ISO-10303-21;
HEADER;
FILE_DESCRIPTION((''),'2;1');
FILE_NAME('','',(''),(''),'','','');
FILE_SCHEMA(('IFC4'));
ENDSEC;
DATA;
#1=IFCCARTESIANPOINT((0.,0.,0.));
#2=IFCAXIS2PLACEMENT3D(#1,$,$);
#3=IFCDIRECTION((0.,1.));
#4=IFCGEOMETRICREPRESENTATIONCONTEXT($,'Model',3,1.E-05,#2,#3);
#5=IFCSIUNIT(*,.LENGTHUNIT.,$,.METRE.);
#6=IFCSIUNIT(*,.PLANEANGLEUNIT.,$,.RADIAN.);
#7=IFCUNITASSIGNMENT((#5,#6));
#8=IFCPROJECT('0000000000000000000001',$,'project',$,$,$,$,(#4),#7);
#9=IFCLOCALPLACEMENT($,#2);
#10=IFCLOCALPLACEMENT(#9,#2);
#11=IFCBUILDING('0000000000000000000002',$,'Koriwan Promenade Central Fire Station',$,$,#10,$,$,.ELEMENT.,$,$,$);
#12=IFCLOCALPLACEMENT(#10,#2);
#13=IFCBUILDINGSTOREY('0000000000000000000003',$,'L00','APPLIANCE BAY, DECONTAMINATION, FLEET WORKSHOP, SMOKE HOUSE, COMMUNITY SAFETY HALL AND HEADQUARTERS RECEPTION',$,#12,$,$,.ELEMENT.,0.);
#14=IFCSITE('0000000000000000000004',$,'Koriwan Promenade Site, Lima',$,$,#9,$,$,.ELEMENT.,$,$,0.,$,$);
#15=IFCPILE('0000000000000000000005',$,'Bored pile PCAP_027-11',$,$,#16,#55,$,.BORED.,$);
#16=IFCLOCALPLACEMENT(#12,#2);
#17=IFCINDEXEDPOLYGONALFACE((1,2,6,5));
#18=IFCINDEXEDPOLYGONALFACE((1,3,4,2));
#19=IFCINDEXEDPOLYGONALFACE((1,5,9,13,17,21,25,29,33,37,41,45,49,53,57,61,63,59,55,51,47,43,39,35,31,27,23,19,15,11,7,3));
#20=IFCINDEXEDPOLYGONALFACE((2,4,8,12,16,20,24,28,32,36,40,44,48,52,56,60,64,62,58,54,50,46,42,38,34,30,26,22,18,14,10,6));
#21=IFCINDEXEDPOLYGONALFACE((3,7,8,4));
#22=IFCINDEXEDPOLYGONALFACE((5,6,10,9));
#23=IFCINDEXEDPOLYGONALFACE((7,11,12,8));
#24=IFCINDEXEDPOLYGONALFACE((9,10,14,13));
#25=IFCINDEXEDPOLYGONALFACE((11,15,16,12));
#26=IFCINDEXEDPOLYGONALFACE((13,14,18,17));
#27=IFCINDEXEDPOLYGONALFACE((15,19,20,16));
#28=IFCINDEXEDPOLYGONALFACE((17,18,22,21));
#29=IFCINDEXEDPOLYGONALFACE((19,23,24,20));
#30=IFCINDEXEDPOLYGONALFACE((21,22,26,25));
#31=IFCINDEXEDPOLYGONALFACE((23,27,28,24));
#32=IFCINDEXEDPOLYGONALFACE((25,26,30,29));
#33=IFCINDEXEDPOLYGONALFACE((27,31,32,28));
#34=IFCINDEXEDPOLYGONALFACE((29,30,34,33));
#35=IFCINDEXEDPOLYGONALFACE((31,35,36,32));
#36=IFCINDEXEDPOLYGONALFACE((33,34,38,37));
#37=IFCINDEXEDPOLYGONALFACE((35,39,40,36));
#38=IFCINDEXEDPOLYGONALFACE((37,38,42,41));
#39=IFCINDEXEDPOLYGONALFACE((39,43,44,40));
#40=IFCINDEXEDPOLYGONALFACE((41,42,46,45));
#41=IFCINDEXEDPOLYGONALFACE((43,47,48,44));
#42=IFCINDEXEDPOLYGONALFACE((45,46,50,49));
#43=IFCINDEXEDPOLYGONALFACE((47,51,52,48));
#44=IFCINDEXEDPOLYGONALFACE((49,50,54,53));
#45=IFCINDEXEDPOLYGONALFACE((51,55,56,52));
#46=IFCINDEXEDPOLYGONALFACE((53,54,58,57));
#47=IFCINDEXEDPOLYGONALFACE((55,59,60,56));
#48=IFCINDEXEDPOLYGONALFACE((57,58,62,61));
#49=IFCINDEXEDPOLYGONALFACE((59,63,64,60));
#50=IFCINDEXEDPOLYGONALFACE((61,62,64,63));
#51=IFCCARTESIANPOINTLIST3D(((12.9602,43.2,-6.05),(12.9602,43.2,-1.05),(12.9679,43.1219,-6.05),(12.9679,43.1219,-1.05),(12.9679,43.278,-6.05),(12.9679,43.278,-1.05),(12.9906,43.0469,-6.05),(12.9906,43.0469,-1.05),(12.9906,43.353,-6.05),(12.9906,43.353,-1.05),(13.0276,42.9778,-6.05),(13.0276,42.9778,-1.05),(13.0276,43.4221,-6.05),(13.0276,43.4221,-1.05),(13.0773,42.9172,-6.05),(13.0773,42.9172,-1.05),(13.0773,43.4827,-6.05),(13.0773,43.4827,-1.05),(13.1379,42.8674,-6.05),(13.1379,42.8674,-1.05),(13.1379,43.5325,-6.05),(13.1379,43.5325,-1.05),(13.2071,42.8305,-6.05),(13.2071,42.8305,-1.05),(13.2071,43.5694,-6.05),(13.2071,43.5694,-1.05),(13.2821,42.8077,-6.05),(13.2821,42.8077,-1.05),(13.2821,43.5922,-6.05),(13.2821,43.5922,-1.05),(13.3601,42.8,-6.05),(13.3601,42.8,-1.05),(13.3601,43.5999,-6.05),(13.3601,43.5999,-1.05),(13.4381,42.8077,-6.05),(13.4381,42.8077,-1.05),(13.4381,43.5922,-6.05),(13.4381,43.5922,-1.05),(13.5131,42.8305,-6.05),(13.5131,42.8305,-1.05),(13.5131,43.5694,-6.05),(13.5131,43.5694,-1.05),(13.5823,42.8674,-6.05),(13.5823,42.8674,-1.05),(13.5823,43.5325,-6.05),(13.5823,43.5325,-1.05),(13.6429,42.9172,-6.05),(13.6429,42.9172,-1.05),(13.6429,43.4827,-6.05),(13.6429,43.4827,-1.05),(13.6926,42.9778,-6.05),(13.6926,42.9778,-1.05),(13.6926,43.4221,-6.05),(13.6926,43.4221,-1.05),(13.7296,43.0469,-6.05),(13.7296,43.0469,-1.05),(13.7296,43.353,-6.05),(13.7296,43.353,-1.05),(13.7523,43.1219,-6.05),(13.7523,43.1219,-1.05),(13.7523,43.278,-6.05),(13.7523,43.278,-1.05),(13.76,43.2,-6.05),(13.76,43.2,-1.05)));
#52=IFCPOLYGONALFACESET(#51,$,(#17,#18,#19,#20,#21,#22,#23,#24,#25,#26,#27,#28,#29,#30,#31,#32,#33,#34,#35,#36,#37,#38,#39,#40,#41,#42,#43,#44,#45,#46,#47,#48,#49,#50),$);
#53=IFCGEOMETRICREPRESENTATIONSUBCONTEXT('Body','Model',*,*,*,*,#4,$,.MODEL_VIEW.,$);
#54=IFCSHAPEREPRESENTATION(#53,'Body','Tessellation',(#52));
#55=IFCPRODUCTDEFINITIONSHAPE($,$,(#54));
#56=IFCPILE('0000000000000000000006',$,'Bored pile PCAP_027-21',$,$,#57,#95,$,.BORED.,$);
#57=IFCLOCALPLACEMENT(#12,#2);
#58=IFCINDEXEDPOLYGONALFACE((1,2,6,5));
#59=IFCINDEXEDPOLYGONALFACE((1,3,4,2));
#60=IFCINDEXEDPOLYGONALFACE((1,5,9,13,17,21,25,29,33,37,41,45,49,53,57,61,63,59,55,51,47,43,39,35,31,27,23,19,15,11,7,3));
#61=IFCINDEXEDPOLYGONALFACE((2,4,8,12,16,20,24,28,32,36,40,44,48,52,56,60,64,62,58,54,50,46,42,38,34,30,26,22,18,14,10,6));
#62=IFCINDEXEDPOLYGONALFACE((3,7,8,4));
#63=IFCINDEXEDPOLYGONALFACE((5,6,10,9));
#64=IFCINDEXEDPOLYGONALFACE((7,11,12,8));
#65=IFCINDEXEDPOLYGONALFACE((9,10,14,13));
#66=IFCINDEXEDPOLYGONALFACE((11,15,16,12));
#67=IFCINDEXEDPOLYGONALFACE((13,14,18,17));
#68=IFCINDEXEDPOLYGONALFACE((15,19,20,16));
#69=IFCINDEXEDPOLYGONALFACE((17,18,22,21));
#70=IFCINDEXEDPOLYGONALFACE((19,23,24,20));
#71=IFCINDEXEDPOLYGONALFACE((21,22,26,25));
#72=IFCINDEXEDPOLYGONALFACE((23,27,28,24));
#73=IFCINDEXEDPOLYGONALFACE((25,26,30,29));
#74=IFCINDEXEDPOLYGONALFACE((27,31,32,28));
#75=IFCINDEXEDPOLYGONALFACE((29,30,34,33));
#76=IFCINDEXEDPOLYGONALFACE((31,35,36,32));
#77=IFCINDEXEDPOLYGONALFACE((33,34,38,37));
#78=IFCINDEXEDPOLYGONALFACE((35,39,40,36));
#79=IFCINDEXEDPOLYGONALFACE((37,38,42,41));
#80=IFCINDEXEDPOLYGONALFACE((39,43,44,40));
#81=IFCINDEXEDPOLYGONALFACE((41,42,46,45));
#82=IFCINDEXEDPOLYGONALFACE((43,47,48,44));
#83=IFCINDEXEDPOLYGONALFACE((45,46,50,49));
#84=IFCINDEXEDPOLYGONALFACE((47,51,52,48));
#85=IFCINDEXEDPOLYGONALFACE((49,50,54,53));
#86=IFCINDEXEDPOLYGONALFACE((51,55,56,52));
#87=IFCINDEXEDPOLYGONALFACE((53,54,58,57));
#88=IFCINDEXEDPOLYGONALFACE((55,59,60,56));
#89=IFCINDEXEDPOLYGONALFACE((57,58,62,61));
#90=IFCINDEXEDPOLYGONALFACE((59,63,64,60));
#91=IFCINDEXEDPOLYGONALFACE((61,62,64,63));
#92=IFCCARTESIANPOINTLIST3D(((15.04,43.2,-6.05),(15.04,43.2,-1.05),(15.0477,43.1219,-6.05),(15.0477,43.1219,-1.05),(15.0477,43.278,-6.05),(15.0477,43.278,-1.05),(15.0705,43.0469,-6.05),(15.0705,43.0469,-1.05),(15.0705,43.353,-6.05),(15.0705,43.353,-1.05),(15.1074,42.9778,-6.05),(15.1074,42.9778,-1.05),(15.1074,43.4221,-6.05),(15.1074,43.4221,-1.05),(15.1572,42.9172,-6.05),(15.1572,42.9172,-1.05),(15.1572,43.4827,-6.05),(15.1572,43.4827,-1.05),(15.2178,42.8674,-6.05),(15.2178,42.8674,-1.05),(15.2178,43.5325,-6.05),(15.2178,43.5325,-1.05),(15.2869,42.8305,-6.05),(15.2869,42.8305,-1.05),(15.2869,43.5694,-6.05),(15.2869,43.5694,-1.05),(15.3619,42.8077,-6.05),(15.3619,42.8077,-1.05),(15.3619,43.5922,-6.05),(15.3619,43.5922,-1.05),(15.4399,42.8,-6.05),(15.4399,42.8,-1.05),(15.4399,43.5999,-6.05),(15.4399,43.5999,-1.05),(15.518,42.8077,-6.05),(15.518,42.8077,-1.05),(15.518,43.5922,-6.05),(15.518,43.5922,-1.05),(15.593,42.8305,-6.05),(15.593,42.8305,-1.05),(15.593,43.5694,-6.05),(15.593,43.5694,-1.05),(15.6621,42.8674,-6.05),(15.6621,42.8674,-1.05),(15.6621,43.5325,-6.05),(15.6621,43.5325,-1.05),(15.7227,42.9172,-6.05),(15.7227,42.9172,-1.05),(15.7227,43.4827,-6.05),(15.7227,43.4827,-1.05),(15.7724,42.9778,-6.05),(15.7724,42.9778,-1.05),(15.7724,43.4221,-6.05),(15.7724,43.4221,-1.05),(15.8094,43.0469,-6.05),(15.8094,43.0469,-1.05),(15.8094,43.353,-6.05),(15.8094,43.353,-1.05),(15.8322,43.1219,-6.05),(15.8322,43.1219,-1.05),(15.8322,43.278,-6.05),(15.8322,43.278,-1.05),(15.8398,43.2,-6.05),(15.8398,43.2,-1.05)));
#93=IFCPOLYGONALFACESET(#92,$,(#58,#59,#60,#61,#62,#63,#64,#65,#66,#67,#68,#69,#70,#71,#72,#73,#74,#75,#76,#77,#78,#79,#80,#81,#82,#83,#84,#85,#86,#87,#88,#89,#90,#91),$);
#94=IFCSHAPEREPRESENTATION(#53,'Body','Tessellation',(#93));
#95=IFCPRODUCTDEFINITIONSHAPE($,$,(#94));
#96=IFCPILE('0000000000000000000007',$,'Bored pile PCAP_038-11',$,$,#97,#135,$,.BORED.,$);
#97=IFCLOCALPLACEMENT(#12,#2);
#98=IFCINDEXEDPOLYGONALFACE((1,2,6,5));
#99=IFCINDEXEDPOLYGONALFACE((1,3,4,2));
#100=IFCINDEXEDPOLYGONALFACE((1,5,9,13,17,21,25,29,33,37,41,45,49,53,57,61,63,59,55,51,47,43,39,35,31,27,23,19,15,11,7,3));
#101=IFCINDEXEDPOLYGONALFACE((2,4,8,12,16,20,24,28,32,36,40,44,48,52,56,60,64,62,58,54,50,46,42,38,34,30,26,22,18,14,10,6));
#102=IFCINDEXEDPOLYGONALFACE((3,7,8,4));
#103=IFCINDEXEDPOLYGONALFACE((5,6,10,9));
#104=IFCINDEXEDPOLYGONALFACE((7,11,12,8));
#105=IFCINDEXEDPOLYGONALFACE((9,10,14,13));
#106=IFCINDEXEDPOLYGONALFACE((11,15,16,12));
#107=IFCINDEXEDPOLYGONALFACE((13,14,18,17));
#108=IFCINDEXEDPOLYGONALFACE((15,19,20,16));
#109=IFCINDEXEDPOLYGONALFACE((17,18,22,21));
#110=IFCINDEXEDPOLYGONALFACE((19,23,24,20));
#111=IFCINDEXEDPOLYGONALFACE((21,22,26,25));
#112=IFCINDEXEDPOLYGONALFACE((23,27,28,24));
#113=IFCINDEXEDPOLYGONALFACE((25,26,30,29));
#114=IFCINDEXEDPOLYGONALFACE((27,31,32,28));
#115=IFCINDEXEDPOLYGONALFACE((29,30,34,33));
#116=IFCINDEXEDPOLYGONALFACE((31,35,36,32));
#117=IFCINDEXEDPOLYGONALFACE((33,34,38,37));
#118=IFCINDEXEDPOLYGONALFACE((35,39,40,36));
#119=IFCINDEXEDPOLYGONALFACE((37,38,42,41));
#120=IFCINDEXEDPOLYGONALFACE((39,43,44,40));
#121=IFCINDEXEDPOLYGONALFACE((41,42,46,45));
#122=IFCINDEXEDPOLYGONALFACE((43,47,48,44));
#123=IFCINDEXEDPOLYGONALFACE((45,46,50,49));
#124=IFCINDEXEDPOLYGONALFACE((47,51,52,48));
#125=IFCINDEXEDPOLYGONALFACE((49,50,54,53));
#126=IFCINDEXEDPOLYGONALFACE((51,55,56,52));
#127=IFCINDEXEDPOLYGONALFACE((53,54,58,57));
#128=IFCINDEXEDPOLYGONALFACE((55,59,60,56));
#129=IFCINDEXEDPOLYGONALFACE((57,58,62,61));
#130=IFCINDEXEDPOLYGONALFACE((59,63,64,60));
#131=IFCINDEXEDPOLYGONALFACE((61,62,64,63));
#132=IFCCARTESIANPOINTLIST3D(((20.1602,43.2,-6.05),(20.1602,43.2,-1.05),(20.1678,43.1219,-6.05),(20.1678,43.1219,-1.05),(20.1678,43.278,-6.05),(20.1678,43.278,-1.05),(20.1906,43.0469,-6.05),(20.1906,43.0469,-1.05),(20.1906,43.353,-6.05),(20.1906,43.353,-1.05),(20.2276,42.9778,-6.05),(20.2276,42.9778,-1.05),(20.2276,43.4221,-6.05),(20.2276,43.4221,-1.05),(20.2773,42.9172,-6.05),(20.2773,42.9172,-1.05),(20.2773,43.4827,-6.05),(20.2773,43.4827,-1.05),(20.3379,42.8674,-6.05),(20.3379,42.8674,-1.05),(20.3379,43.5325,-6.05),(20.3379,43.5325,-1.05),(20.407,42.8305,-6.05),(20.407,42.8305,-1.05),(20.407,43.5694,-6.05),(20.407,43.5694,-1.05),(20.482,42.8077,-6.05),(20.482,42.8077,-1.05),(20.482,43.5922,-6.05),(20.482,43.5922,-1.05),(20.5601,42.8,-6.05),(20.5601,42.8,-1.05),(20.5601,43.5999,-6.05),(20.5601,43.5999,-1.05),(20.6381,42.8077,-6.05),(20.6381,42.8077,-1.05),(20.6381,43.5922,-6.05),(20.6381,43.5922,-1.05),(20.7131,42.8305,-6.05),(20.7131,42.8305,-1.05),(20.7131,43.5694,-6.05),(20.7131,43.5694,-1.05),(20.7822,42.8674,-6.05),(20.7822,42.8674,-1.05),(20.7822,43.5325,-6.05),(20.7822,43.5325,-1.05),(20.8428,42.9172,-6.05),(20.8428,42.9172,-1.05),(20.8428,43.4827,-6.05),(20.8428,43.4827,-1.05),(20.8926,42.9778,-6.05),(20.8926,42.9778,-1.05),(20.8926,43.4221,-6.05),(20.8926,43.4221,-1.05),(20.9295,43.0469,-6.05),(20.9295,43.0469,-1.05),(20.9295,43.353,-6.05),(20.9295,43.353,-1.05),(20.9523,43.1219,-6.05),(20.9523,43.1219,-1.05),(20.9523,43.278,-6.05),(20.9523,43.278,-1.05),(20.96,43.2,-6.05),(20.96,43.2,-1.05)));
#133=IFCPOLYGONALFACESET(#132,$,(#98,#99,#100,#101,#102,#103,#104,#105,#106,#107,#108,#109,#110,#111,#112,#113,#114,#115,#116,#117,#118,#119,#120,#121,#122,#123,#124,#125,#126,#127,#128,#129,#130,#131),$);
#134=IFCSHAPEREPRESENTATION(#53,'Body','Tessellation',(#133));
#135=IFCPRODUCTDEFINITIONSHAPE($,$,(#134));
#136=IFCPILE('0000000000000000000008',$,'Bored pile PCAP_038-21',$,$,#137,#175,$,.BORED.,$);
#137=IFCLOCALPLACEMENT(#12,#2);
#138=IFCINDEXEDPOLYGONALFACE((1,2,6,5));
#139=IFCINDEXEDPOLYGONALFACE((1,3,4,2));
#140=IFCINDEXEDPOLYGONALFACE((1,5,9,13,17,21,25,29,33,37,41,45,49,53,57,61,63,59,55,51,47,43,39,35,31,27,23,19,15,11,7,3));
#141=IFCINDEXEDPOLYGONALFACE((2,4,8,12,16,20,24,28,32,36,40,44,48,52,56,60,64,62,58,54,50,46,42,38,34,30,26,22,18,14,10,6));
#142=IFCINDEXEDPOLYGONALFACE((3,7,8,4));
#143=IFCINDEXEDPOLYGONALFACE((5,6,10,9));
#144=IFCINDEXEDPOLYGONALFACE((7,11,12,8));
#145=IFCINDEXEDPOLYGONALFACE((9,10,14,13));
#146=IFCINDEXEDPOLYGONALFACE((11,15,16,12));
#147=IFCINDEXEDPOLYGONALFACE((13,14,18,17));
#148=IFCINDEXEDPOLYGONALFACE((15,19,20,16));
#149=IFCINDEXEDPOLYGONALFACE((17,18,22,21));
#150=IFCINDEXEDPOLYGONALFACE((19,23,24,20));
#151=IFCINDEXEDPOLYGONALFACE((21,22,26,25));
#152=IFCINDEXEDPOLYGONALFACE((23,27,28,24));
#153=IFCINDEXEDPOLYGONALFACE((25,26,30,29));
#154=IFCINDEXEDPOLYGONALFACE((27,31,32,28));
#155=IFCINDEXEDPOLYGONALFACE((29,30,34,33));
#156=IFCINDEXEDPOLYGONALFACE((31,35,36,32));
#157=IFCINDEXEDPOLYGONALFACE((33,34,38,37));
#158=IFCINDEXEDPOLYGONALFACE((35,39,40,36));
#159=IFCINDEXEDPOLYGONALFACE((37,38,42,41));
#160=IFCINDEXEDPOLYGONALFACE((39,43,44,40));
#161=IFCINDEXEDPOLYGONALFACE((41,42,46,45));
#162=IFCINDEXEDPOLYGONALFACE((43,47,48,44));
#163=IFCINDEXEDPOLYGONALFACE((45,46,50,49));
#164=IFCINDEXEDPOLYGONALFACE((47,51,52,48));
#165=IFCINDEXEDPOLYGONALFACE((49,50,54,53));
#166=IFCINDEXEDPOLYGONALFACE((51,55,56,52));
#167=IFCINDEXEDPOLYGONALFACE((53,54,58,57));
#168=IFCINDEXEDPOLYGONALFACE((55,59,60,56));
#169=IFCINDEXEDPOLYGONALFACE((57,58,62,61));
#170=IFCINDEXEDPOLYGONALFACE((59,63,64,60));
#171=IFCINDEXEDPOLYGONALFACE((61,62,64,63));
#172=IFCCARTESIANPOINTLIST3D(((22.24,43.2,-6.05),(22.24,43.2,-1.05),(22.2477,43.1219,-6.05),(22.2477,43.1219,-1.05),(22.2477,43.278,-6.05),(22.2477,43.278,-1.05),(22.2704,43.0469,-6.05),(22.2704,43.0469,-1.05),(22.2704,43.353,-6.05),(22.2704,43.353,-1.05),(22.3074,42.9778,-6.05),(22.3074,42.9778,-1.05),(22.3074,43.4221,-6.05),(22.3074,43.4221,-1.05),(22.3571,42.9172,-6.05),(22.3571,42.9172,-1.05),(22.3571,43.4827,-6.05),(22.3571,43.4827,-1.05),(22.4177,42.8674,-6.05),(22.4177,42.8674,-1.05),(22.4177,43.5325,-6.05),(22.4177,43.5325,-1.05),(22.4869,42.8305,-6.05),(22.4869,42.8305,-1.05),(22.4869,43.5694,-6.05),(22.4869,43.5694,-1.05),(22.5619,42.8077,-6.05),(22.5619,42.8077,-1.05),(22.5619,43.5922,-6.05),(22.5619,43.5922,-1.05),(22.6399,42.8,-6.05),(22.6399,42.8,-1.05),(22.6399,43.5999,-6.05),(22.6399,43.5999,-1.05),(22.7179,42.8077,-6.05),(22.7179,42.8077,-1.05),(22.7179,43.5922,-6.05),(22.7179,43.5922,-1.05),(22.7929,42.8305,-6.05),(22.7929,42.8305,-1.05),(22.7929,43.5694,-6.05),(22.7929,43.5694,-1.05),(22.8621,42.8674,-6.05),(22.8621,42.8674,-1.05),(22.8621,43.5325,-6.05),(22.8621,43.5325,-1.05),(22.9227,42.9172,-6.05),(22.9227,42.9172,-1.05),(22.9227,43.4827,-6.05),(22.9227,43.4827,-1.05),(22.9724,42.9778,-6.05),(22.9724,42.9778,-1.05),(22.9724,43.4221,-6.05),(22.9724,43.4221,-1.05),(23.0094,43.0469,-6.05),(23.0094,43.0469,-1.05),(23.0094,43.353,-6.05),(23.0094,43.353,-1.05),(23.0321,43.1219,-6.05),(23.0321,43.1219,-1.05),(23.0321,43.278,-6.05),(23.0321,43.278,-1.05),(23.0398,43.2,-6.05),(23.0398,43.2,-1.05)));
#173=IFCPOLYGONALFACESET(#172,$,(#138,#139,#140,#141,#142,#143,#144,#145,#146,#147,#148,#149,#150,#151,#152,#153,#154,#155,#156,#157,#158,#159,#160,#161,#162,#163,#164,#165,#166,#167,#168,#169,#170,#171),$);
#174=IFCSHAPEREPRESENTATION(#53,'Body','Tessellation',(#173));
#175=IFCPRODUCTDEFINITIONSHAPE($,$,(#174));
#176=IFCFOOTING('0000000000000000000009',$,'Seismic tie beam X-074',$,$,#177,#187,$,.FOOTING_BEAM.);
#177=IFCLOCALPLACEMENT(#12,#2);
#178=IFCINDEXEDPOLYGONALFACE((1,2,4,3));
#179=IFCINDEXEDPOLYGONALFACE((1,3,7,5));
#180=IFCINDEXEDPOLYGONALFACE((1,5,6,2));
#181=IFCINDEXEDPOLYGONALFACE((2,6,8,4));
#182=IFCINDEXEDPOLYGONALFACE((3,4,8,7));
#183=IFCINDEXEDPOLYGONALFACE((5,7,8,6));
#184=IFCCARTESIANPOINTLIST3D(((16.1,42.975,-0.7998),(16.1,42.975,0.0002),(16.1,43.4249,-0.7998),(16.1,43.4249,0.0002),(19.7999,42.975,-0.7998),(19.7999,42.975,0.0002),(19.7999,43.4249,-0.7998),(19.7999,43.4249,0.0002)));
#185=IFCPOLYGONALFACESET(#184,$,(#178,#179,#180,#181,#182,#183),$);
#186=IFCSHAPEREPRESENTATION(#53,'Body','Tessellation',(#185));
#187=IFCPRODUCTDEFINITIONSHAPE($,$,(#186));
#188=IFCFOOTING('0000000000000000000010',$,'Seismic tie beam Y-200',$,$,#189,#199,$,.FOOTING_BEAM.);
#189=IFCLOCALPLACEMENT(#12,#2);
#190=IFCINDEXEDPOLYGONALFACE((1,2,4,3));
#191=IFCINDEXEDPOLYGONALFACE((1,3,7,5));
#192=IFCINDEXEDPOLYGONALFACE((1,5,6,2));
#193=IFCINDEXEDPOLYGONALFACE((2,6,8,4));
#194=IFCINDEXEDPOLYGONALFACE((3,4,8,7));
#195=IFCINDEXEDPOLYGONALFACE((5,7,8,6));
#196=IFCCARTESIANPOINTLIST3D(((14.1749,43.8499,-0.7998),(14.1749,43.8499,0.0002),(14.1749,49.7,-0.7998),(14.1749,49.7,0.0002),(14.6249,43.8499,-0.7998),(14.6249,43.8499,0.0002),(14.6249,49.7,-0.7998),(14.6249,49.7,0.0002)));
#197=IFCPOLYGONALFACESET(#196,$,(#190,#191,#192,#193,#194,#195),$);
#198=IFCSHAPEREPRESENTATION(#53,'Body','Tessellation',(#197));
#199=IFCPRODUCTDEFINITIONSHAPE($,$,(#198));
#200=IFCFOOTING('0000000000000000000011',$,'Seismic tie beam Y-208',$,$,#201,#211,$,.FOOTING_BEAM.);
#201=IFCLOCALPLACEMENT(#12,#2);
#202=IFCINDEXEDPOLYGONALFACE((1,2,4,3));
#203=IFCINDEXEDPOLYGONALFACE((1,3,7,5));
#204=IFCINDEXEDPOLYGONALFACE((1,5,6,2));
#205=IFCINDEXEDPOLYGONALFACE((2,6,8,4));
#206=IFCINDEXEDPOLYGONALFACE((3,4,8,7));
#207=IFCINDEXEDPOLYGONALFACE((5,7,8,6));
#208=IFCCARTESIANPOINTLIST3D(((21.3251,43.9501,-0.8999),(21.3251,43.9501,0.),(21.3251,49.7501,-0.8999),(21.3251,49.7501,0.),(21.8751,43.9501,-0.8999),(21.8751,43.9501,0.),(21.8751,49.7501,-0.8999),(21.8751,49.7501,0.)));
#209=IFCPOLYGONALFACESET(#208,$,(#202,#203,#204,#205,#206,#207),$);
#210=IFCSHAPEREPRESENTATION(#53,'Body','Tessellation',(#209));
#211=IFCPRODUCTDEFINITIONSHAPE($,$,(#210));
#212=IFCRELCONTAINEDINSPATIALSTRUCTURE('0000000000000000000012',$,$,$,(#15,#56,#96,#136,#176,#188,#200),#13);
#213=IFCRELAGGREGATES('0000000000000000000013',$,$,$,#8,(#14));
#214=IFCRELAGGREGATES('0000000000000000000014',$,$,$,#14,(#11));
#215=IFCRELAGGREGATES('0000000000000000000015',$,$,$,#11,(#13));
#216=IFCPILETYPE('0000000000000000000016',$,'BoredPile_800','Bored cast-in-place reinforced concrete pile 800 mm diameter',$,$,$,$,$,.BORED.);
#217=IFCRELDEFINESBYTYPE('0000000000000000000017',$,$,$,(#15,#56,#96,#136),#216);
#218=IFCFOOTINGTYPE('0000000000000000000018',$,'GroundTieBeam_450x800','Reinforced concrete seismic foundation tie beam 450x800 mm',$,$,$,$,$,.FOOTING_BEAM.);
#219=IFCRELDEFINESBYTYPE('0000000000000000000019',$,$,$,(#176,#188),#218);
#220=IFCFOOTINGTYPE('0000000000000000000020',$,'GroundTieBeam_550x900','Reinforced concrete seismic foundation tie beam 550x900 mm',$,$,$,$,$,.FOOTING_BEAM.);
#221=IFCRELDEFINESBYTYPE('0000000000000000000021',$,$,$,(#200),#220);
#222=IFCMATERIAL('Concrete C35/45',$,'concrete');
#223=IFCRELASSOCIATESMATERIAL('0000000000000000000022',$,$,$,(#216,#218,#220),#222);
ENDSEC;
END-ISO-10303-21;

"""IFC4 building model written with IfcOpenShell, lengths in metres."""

from ifc_helpers import new_model, si_unit, direction, frame, origin, origin_2d, place, context, subcontext, project, spatial, rectangle, circle, extrude, material, material_profile, profile_set, type_object, element, save


model = new_model("IFC4")

# Units and contexts
model_context = context("Model", 3, precision=1e-05, world=origin(), true_north=direction((0.0, 1.0)))
body_context = subcontext(model_context, "Body", "Model", "MODEL_VIEW")
ifc_project = project(units=[si_unit("LENGTHUNIT", "METRE"), si_unit("PLANEANGLEUNIT", "RADIAN")], contexts=[model_context])

# Site, building, storey
site_placement = place(None, origin())
site = spatial("IfcSite", under=ifc_project, at=site_placement, Name="Koriwan Promenade Site, Lima", CompositionType="ELEMENT", RefElevation=0.0)
building_placement = place(site_placement, origin())
building = spatial("IfcBuilding", under=site, at=building_placement, Name="Koriwan Promenade Central Fire Station", CompositionType="ELEMENT")
storey_placement = place(building_placement, origin())
storey = spatial("IfcBuildingStorey", under=building, at=storey_placement, Name="L00", Description="APPLIANCE BAY, DECONTAMINATION, FLEET WORKSHOP, SMOKE HOUSE, COMMUNITY SAFETY HALL AND HEADQUARTERS RECEPTION", CompositionType="ELEMENT", Elevation=0.0)

# Piles
ifc_material_1 = material(Name="Concrete C35/45", Category="concrete")
ifc_material_profile_1 = material_profile(ifc_material_1, circle(Radius=0.3999, at=origin_2d()), Name="PILE-D800")
ifc_profile_set_1 = profile_set([ifc_material_profile_1], Name="Concrete C35/45")
pile_type = type_object("IfcPileType", Name="BoredPile_800", Description="Bored cast-in-place reinforced concrete pile 800 mm diameter", PredefinedType="BORED", material=ifc_profile_set_1)
for number, where, z_axis, x_axis, name in (
    (1, (13.3601, 43.2, -1.05), (0.0, 0.0, -1.0), (1.0, 0.0, 0.0), "Bored pile PCAP_027-11"),
    (2, (15.4399, 43.2, -1.05), (0.0, 0.0, -1.0), (1.0, 0.0, 0.0), "Bored pile PCAP_027-21"),
    (3, (20.5601, 43.2, -1.05), (0.0, 0.0, -1.0), (1.0, 0.0, 0.0), "Bored pile PCAP_038-11"),
    (4, (22.6399, 43.2, -1.05), (0.0, 0.0, -1.0), (1.0, 0.0, 0.0), "Bored pile PCAP_038-21"),
):
    element("IfcPile", number, at=place(storey_placement, frame(where, z_axis=z_axis, x_axis=x_axis)), inside=storey, type_object=pile_type, Name=name, PredefinedType="BORED", context=body_context, shape_type="SweptSolid", body=[
        extrude(circle(Radius=0.3999, at=origin_2d()), origin(), (0.0, 0.0, 1.0), 5.0),
    ])

# Footings
footing_type_1 = type_object("IfcFootingType", Name="GroundTieBeam_450x800", Description="Reinforced concrete seismic foundation tie beam 450x800 mm", PredefinedType="FOOTING_BEAM", material=ifc_material_1)
footing_1_placement = place(storey_placement, frame((17.95, 43.2, -0.7998), z_axis=(0.0, 0.0, 1.0), x_axis=(1.0, 0.0, 0.0)))
element("IfcFooting", 5, at=footing_1_placement, inside=storey, type_object=footing_type_1, Name="Seismic tie beam X-074", PredefinedType="FOOTING_BEAM", context=body_context, shape_type="SweptSolid", body=[
    extrude(rectangle(XDim=3.7, YDim=0.45, at=origin_2d()), origin(), (0.0, 0.0, 1.0), 0.8),
])
footing_2_placement = place(storey_placement, frame((14.3999, 46.7749, -0.7998), z_axis=(0.0, 0.0, 1.0), x_axis=(0.0, 1.0, 0.0)))
element("IfcFooting", 6, at=footing_2_placement, inside=storey, type_object=footing_type_1, Name="Seismic tie beam Y-200", PredefinedType="FOOTING_BEAM", context=body_context, shape_type="SweptSolid", body=[
    extrude(rectangle(XDim=5.8501, YDim=0.45, at=origin_2d()), origin(), (0.0, 0.0, 1.0), 0.8),
])
footing_type_2 = type_object("IfcFootingType", Name="GroundTieBeam_550x900", Description="Reinforced concrete seismic foundation tie beam 550x900 mm", PredefinedType="FOOTING_BEAM", material=ifc_material_1)
footing_3_placement = place(storey_placement, frame((21.6001, 46.8501, -0.8999), z_axis=(0.0, 0.0, 1.0), x_axis=(0.0, 1.0, 0.0)))
element("IfcFooting", 7, at=footing_3_placement, inside=storey, type_object=footing_type_2, Name="Seismic tie beam Y-208", PredefinedType="FOOTING_BEAM", context=body_context, shape_type="SweptSolid", body=[
    extrude(rectangle(XDim=5.8, YDim=0.55, at=origin_2d()), origin(), (0.0, 0.0, 1.0), 0.8999),
])

save(model, "model.ifc")
